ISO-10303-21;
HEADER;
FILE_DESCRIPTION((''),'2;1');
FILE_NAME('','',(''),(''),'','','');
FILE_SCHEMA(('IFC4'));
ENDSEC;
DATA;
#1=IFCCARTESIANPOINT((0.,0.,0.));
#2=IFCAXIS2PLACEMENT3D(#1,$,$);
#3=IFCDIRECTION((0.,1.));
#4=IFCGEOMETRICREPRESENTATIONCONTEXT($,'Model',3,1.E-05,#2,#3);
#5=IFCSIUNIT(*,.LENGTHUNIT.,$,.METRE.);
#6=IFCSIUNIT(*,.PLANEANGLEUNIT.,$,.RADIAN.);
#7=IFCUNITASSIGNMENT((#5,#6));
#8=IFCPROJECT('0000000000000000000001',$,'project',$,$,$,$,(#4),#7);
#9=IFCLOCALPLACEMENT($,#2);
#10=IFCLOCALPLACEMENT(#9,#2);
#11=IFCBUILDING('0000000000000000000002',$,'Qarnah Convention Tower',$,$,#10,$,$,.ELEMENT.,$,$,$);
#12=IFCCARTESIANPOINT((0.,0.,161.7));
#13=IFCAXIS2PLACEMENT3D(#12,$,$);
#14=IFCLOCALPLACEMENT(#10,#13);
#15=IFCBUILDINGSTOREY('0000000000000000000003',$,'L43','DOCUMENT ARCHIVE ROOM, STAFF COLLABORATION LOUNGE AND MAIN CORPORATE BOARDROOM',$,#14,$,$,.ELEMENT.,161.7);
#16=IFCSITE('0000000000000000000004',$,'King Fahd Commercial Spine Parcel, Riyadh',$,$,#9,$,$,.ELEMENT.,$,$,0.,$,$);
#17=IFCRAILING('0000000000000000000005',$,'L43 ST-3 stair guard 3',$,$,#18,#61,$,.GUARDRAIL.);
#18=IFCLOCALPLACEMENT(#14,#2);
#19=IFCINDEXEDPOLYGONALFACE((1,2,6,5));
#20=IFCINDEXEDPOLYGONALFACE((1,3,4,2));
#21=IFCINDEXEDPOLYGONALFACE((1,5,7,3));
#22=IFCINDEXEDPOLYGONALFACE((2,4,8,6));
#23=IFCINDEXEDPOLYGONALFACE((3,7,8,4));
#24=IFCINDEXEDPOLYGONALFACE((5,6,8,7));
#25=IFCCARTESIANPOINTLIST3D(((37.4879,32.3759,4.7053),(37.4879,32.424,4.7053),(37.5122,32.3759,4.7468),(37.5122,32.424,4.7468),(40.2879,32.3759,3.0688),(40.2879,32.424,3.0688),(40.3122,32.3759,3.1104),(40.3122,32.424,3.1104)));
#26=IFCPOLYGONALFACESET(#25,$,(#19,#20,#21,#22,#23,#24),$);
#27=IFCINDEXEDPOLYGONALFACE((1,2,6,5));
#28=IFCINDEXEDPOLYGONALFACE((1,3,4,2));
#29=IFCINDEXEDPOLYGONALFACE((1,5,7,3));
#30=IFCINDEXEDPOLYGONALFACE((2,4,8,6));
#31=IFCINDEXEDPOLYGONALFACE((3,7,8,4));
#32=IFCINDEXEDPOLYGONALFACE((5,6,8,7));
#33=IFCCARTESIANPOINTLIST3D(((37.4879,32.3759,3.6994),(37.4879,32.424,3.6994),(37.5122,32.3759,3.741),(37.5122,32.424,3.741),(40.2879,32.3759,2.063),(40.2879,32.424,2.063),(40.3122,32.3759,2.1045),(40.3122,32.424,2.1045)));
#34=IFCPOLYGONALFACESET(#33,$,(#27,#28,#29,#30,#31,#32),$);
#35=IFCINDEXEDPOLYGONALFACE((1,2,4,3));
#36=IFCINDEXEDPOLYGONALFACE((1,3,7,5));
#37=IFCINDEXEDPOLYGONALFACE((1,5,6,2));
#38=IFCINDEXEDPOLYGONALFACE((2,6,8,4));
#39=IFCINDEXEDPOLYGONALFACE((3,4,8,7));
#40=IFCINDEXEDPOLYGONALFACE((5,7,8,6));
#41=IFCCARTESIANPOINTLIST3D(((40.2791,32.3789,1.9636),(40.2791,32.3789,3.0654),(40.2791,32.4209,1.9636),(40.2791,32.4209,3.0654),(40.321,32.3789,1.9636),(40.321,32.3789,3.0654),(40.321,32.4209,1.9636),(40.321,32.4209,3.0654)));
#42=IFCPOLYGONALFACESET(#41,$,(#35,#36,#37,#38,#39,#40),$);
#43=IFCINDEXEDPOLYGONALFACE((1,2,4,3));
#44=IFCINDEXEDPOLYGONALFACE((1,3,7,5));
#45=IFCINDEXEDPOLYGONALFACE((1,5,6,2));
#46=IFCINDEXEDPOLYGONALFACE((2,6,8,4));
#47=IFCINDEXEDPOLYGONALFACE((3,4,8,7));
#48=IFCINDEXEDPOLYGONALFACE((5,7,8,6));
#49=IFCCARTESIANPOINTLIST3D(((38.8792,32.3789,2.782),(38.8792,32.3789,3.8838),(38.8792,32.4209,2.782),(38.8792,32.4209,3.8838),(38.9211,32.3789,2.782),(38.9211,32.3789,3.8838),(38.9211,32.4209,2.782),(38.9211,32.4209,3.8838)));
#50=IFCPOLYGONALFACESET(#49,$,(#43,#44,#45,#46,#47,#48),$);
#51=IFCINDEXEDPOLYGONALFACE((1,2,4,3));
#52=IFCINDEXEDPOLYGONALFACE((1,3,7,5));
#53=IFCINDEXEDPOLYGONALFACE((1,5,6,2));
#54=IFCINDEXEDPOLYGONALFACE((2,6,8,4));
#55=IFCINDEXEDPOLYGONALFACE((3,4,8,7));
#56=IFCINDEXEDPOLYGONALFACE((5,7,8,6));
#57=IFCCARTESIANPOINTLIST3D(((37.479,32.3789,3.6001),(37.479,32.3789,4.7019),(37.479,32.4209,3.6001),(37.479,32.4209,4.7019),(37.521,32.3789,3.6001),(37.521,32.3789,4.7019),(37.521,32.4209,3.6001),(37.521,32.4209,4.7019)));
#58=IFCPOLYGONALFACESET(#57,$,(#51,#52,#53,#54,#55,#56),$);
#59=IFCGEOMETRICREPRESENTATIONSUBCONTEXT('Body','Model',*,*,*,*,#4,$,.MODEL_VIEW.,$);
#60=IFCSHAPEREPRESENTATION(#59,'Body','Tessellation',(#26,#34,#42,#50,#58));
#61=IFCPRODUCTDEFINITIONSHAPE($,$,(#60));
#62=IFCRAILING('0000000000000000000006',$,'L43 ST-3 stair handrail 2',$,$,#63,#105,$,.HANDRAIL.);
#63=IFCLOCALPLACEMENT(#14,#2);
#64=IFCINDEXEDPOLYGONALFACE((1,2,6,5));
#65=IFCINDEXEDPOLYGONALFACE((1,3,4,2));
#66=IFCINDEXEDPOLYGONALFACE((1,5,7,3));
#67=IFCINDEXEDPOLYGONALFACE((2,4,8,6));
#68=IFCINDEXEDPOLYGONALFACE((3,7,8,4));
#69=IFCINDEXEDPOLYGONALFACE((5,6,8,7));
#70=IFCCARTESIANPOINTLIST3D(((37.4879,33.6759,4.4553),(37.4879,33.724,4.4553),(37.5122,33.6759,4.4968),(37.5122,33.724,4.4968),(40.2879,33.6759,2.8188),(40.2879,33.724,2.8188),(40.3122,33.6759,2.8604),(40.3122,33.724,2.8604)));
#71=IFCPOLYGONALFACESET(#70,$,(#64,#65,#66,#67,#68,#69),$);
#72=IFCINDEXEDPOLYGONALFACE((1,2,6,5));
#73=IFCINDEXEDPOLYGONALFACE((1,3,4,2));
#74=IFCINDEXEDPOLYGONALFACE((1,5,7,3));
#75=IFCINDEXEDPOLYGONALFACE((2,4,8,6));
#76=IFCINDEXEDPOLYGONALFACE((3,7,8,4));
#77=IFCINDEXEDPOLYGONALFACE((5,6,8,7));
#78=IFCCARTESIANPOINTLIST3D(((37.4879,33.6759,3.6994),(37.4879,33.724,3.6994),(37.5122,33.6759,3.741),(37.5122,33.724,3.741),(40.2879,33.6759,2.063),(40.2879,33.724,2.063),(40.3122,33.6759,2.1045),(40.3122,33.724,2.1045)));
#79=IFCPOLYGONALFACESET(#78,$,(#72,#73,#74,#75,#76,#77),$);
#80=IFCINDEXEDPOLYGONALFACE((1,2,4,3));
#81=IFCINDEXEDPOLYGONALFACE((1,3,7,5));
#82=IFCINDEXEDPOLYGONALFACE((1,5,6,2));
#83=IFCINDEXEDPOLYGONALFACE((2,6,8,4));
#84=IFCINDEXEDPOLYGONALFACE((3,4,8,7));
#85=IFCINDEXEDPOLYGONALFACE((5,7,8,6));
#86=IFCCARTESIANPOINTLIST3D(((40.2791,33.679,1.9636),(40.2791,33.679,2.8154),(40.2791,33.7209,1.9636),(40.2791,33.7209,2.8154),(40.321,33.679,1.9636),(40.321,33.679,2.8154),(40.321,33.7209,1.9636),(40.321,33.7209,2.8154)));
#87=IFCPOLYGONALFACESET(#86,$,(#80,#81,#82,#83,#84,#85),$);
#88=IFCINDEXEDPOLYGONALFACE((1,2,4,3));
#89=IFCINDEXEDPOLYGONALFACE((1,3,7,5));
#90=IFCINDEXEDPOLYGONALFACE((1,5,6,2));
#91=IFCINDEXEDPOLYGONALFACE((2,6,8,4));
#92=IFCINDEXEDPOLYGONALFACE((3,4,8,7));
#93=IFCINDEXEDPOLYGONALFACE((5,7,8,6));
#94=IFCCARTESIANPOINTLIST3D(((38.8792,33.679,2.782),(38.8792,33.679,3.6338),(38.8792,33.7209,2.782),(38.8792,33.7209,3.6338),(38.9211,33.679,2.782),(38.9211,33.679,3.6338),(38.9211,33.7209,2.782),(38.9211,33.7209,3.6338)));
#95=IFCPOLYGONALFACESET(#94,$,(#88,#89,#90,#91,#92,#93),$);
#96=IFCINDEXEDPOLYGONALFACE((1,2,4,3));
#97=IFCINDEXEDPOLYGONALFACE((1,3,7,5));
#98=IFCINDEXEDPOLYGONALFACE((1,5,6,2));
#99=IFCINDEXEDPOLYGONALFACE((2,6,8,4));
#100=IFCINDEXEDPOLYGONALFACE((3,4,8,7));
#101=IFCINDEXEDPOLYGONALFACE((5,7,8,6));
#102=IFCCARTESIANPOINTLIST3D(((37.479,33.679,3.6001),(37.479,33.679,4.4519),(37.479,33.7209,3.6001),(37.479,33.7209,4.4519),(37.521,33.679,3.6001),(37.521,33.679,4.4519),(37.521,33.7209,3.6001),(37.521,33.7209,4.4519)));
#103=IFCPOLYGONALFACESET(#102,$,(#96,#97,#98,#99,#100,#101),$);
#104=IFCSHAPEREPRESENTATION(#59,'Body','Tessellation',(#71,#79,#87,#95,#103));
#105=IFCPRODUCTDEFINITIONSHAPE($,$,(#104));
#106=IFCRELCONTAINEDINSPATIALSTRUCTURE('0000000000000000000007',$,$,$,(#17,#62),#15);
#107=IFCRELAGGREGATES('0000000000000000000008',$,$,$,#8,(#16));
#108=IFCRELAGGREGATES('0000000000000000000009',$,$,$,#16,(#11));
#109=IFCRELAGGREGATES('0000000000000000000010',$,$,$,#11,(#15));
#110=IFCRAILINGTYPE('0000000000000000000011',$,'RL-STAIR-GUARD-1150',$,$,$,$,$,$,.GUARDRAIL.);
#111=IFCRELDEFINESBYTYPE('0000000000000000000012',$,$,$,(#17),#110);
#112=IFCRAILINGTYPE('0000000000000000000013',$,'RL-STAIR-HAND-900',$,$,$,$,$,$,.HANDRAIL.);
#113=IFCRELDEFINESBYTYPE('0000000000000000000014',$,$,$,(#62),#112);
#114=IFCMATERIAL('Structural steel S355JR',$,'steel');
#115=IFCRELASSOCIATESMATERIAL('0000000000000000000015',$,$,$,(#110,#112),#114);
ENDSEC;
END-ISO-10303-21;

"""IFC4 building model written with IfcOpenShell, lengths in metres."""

from ifc_helpers import new_model, si_unit, direction, frame, origin, origin_2d, place, context, subcontext, project, spatial, rectangle, extrude, material, type_object, element, save


model = new_model("IFC4")

# Units and contexts
model_context = context("Model", 3, precision=1e-05, world=origin(), true_north=direction((0.0, 1.0)))
body_context = subcontext(model_context, "Body", "Model", "MODEL_VIEW")
ifc_project = project(units=[si_unit("LENGTHUNIT", "METRE"), si_unit("PLANEANGLEUNIT", "RADIAN")], contexts=[model_context])

# Site, building, storey
site_placement = place(None, origin())
site = spatial("IfcSite", under=ifc_project, at=site_placement, Name="King Fahd Commercial Spine Parcel, Riyadh", CompositionType="ELEMENT", RefElevation=0.0)
building_placement = place(site_placement, origin())
building = spatial("IfcBuilding", under=site, at=building_placement, Name="Qarnah Convention Tower", CompositionType="ELEMENT")
storey_placement = place(building_placement, frame((0.0, 0.0, 161.7)))
storey = spatial("IfcBuildingStorey", under=building, at=storey_placement, Name="L43", Description="DOCUMENT ARCHIVE ROOM, STAFF COLLABORATION LOUNGE AND MAIN CORPORATE BOARDROOM", CompositionType="ELEMENT", Elevation=161.7)

# Shared definitions
ifc_material_1 = material(Name="Structural steel S355JR", Category="steel")

# Railings
railing_type_1 = type_object("IfcRailingType", Name="RL-STAIR-GUARD-1150", PredefinedType="GUARDRAIL", material=ifc_material_1)
railing_1_placement = place(storey_placement, frame((40.3, 32.3999, 1.9636)))
element("IfcRailing", 1, at=railing_1_placement, inside=storey, type_object=railing_type_1, Name="L43 ST-3 stair guard 3", PredefinedType="GUARDRAIL", context=body_context, shape_type="SweptSolid", body=[
    extrude(rectangle(XDim=0.0481, YDim=0.0481, at=origin_2d()), frame((0.0, 0.0, 1.126), z_axis=(-0.863361, 0.0, 0.504587), x_axis=(0.0, -1.0, 0.0)), (0.0, 0.0, 1.0), 3.2432),
    extrude(rectangle(XDim=0.0481, YDim=0.0481, at=origin_2d()), frame((0.0, 0.0, 0.1201), z_axis=(-0.863361, 0.0, 0.504587), x_axis=(0.0, -1.0, 0.0)), (0.0, 0.0, 1.0), 3.2432),
    extrude(rectangle(XDim=0.042, YDim=0.042, at=origin_2d()), origin(), (0.0, 0.0, 1.0), 1.1018),
    extrude(rectangle(XDim=0.042, YDim=0.042, at=origin_2d()), frame((-1.3999, 0.0, 0.8184)), (0.0, 0.0, 1.0), 1.1018),
    extrude(rectangle(XDim=0.042, YDim=0.042, at=origin_2d()), frame((-2.8, 0.0, 1.6365)), (0.0, 0.0, 1.0), 1.1018),
])
railing_type_2 = type_object("IfcRailingType", Name="RL-STAIR-HAND-900", PredefinedType="HANDRAIL", material=ifc_material_1)
railing_2_placement = place(storey_placement, frame((40.3, 33.7, 1.9636)))
element("IfcRailing", 2, at=railing_2_placement, inside=storey, type_object=railing_type_2, Name="L43 ST-3 stair handrail 2", PredefinedType="HANDRAIL", context=body_context, shape_type="SweptSolid", body=[
    extrude(rectangle(XDim=0.0481, YDim=0.0481, at=origin_2d()), frame((0.0, 0.0, 0.876), z_axis=(-0.863361, 0.0, 0.504587), x_axis=(0.0, -1.0, 0.0)), (0.0, 0.0, 1.0), 3.2432),
    extrude(rectangle(XDim=0.0481, YDim=0.0481, at=origin_2d()), frame((0.0, 0.0, 0.1201), z_axis=(-0.863361, 0.0, 0.504587), x_axis=(0.0, -1.0, 0.0)), (0.0, 0.0, 1.0), 3.2432),
    extrude(rectangle(XDim=0.042, YDim=0.042, at=origin_2d()), origin(), (0.0, 0.0, 1.0), 0.8518),
    extrude(rectangle(XDim=0.042, YDim=0.042, at=origin_2d()), frame((-1.3999, 0.0, 0.8184)), (0.0, 0.0, 1.0), 0.8518),
    extrude(rectangle(XDim=0.042, YDim=0.042, at=origin_2d()), frame((-2.8, 0.0, 1.6365)), (0.0, 0.0, 1.0), 0.8518),
])

save(model, "model.ifc")
